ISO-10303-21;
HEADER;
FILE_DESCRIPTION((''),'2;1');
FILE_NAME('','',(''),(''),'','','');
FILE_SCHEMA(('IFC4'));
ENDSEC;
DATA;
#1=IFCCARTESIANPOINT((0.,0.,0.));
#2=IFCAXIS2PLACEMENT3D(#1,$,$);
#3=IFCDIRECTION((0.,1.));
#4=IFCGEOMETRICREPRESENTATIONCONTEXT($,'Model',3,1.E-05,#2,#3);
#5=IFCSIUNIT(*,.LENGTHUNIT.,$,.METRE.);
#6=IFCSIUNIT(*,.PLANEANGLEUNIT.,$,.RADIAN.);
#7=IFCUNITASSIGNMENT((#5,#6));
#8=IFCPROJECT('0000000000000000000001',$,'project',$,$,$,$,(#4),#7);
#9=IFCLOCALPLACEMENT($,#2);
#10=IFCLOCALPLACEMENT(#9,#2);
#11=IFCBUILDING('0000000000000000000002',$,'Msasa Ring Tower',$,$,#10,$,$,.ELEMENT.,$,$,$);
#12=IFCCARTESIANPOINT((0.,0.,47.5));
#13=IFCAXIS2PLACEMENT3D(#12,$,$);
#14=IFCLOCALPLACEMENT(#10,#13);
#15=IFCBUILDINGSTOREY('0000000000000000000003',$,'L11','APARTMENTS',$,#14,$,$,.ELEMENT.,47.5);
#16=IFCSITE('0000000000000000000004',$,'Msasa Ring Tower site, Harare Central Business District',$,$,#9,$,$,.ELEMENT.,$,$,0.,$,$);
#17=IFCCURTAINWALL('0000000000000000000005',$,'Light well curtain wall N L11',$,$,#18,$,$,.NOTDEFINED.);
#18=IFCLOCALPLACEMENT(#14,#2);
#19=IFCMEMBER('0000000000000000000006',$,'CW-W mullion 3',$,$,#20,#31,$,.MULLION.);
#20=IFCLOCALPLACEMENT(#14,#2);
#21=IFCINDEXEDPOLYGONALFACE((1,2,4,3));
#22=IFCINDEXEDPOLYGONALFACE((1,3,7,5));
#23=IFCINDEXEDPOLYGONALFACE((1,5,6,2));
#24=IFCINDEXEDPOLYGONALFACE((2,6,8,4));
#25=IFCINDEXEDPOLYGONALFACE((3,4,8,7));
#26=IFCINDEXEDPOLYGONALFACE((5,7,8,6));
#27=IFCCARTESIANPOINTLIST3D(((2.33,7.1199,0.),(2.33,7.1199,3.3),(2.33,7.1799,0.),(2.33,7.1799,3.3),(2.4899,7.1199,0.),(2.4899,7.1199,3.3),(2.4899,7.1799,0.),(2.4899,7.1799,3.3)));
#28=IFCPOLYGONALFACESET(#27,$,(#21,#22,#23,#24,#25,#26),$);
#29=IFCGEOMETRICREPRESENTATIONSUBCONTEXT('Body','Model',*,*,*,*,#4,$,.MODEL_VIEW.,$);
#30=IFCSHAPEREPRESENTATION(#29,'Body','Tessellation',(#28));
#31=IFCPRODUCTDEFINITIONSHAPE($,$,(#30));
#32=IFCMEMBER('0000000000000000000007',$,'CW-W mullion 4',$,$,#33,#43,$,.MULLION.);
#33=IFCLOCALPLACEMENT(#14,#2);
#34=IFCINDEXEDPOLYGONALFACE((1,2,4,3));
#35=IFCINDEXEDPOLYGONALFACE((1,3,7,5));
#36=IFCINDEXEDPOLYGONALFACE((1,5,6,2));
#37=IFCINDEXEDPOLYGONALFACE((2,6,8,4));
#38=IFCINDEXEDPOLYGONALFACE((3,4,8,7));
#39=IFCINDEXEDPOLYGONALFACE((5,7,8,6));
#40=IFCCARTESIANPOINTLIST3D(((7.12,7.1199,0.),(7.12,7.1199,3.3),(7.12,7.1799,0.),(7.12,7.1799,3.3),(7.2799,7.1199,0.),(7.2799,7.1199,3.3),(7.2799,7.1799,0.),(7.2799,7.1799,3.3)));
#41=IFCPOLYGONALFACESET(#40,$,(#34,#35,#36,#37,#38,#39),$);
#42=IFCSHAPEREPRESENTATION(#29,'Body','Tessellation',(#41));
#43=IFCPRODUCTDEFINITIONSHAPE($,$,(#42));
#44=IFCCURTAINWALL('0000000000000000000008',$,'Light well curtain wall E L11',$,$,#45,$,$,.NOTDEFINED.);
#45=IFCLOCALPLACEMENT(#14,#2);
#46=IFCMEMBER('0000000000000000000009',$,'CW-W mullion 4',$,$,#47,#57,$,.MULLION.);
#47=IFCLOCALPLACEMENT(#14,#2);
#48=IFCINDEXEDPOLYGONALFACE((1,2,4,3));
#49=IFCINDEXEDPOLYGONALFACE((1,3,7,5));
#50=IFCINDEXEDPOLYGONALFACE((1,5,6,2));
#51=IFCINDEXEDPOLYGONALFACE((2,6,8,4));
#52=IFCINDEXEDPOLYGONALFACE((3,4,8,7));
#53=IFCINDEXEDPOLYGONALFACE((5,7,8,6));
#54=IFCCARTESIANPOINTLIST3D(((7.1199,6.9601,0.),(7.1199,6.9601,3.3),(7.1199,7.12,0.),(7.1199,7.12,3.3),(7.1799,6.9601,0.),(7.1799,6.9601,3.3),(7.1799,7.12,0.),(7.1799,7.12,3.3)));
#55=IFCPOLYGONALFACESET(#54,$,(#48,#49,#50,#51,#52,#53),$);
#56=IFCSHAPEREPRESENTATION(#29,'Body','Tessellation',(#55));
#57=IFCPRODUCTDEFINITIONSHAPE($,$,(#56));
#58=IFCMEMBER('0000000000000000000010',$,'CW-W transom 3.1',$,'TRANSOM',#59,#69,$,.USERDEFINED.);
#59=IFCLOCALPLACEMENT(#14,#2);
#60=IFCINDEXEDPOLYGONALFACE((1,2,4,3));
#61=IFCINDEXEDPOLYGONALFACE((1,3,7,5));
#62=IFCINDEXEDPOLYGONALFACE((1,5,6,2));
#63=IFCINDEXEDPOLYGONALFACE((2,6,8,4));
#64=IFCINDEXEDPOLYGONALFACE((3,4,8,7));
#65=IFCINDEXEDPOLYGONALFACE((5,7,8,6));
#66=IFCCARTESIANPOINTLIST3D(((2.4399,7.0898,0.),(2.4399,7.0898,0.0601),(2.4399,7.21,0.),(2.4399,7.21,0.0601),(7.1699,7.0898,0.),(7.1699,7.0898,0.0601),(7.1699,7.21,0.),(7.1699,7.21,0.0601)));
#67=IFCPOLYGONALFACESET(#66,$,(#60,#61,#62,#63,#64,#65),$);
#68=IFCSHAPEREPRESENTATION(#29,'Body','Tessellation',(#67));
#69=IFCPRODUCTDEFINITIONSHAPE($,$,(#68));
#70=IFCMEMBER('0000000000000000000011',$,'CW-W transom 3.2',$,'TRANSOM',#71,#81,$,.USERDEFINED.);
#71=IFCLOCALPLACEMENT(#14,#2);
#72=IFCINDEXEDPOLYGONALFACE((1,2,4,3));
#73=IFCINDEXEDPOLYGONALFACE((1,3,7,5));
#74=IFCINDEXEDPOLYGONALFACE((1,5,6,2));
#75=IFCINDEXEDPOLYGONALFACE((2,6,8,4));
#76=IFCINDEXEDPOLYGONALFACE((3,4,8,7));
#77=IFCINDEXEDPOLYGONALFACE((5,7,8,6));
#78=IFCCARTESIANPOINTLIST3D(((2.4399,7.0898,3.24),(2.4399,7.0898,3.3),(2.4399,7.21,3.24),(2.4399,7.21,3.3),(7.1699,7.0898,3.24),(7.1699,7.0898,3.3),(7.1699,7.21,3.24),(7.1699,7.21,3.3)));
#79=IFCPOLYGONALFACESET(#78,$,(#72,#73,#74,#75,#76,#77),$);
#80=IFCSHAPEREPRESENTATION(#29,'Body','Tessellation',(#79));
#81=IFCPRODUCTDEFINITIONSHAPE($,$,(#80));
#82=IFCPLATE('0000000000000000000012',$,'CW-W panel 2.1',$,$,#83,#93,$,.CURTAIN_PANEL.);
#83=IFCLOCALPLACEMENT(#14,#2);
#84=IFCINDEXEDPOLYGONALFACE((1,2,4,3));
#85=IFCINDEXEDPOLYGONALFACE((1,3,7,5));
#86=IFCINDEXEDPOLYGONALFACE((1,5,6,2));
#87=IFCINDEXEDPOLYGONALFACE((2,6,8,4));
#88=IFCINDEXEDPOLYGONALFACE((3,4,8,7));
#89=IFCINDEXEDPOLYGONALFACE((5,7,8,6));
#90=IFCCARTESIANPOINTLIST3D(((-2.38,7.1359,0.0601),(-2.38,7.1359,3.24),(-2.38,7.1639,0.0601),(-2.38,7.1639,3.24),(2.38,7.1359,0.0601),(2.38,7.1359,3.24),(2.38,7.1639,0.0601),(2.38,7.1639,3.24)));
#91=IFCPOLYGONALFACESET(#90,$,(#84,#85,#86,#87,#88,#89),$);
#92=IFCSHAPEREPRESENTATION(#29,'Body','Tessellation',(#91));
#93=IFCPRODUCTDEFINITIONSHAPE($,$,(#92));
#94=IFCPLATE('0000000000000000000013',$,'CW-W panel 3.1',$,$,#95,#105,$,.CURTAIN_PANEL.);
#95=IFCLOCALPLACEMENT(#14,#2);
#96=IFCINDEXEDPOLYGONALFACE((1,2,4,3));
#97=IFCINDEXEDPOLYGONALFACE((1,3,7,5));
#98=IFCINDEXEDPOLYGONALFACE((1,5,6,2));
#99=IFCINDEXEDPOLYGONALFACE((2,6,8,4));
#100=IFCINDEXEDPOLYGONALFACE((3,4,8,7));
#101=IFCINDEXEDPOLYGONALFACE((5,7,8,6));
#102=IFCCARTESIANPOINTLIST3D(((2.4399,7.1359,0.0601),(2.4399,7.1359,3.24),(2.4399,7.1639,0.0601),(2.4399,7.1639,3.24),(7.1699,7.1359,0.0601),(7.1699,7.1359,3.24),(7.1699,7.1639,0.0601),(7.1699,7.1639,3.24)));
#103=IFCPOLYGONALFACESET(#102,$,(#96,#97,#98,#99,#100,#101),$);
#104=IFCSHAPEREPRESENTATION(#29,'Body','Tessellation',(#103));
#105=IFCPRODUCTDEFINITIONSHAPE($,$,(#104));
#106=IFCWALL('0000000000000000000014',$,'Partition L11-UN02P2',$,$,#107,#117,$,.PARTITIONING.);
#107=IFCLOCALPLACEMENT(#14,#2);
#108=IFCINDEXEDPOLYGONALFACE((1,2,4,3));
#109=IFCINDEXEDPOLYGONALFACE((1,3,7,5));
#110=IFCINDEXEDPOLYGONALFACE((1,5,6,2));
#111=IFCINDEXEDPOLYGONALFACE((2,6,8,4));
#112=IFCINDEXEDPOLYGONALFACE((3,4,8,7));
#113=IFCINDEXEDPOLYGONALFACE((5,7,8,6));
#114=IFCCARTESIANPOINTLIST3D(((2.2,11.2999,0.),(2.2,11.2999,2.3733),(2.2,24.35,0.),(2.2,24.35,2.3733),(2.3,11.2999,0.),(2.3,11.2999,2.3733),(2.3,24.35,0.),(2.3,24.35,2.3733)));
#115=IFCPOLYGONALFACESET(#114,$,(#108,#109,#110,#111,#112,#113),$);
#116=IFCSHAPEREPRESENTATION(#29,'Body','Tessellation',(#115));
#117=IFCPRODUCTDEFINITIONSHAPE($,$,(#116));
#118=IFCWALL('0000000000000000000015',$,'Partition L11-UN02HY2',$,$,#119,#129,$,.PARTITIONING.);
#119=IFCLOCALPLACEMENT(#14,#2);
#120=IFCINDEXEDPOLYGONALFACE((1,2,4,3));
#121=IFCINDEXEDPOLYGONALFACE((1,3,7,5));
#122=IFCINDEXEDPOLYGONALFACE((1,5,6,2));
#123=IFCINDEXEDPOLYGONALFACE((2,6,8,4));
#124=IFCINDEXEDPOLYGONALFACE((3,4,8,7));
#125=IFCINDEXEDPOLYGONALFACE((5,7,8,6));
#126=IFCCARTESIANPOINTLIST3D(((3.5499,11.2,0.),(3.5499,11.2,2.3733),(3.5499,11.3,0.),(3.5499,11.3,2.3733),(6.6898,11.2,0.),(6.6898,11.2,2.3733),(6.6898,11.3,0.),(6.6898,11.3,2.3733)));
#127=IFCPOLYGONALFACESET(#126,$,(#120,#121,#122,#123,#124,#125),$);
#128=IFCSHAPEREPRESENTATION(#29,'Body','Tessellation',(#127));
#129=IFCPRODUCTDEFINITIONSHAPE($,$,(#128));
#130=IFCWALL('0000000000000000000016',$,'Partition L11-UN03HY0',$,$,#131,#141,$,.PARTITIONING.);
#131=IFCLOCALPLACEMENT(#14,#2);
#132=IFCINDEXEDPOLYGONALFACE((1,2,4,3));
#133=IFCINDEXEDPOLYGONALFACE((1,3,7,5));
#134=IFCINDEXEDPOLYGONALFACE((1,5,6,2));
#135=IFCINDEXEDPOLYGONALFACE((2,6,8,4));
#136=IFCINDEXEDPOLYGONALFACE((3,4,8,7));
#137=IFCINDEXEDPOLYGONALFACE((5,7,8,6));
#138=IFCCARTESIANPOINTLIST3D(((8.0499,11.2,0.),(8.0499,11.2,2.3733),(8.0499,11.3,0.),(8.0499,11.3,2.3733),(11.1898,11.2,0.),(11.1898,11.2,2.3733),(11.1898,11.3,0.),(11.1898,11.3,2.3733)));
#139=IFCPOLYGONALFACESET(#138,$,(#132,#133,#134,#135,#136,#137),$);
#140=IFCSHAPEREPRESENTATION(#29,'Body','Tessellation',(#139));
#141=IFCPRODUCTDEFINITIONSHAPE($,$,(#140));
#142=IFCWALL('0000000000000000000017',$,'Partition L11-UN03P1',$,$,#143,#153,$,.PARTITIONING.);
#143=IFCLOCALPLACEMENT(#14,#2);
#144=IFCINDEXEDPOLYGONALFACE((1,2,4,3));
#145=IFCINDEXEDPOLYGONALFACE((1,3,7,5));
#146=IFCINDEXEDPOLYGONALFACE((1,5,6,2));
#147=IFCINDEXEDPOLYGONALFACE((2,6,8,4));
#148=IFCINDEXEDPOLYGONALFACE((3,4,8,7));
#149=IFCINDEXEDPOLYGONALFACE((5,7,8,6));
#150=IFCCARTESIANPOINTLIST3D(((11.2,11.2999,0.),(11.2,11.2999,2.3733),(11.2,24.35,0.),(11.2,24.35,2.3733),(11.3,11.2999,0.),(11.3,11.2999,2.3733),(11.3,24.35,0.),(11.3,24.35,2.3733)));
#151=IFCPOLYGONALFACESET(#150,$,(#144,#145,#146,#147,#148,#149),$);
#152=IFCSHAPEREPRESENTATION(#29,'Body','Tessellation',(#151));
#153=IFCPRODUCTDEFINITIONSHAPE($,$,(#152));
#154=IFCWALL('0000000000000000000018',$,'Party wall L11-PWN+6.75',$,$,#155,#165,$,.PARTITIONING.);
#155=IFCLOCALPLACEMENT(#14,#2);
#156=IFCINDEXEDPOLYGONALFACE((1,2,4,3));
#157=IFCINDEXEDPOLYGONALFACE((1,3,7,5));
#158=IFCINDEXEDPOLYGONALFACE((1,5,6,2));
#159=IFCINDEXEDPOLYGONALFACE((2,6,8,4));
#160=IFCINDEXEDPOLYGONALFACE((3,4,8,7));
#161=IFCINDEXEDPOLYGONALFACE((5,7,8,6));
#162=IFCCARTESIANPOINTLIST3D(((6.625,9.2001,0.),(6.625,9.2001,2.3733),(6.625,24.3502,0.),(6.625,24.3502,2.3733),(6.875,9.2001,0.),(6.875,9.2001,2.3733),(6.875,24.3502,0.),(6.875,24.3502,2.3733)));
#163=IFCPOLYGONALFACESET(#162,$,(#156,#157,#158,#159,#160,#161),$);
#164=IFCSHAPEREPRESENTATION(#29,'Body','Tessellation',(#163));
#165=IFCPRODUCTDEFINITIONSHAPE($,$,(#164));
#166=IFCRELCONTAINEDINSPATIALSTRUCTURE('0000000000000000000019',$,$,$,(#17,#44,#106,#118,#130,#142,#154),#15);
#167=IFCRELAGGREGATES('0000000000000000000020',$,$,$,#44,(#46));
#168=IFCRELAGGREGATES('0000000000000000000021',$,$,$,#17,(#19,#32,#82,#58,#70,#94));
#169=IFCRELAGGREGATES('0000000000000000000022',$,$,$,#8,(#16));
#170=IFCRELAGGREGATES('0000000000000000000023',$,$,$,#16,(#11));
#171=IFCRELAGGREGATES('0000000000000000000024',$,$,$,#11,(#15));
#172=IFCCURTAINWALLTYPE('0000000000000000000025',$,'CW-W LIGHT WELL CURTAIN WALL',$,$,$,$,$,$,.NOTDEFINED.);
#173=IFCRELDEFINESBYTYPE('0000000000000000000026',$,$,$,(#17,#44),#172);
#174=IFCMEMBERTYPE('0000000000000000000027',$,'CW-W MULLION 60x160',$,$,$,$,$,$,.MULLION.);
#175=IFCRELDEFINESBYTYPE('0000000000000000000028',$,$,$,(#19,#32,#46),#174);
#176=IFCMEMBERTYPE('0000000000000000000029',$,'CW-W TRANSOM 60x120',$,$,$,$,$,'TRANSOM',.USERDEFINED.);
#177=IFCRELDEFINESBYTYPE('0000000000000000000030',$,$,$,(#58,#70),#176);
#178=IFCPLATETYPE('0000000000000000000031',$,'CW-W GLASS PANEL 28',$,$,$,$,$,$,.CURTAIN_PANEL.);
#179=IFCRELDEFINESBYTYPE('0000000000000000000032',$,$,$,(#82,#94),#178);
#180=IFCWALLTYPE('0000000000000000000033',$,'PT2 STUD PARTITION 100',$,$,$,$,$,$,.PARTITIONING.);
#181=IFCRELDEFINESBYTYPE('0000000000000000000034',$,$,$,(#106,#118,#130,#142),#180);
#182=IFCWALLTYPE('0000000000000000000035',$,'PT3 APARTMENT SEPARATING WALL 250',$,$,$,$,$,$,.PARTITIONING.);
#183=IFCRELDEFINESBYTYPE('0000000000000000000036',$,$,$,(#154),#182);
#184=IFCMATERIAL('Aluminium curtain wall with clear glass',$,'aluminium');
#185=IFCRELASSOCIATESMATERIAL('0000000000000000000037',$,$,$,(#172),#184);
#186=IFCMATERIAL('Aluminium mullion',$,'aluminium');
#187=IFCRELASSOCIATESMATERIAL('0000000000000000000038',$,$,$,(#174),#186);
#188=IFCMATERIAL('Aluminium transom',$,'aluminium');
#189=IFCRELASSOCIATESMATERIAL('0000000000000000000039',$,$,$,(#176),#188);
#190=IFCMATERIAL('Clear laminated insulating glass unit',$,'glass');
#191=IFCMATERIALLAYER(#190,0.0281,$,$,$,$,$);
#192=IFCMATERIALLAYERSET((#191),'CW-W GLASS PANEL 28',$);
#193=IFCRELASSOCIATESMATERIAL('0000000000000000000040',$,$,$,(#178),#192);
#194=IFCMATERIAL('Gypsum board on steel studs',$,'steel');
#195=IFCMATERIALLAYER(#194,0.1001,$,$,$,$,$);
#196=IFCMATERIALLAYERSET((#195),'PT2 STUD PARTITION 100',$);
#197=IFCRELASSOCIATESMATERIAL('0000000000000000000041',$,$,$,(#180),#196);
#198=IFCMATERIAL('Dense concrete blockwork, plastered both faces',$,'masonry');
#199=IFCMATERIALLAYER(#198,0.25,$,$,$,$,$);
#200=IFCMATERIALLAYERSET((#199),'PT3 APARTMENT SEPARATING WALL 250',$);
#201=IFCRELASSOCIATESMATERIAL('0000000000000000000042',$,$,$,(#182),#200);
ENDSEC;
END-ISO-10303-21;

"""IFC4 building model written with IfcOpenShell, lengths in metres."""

from ifc_helpers import new_model, si_unit, direction, frame, frame_2d, origin, origin_2d, place, context, subcontext, project, spatial, rectangle, extrude, material, layer, layer_set, material_profile, profile_set, type_object, element, aggregate, save


model = new_model("IFC4")

# Units and contexts
model_context = context("Model", 3, precision=1e-05, world=origin(), true_north=direction((0.0, 1.0)))
body_context = subcontext(model_context, "Body", "Model", "MODEL_VIEW")
ifc_project = project(units=[si_unit("LENGTHUNIT", "METRE"), si_unit("PLANEANGLEUNIT", "RADIAN")], contexts=[model_context])

# Site, building, storey
site_placement = place(None, origin())
site = spatial("IfcSite", under=ifc_project, at=site_placement, Name="Msasa Ring Tower site, Harare Central Business District", CompositionType="ELEMENT", RefElevation=0.0)
building_placement = place(site_placement, origin())
building = spatial("IfcBuilding", under=site, at=building_placement, Name="Msasa Ring Tower", CompositionType="ELEMENT")
storey_placement = place(building_placement, frame((0.0, 0.0, 47.5)))
storey = spatial("IfcBuildingStorey", under=building, at=storey_placement, Name="L11", Description="APARTMENTS", CompositionType="ELEMENT", Elevation=47.5)

# Curtain wall, members
ifc_material_1 = material(Name="Aluminium curtain wall with clear glass", Category="aluminium")
curtain_wall_type = type_object("IfcCurtainWallType", Name="CW-W LIGHT WELL CURTAIN WALL", PredefinedType="NOTDEFINED", material=ifc_material_1)
curtain_wall_1_placement = place(storey_placement, origin())
curtain_wall_1 = element("IfcCurtainWall", 1, at=curtain_wall_1_placement, inside=storey, type_object=curtain_wall_type, Name="Light well curtain wall N L11", PredefinedType="NOTDEFINED")
ifc_material_2 = material(Name="Aluminium mullion", Category="aluminium")
ifc_material_profile_1 = material_profile(ifc_material_2, rectangle(XDim=0.0601, YDim=0.1599, at=origin_2d()), Name="AL 60x160")
ifc_profile_set_1 = profile_set([ifc_material_profile_1], Name="Aluminium mullion")
member_type_1 = type_object("IfcMemberType", Name="CW-W MULLION 60x160", PredefinedType="MULLION", material=ifc_profile_set_1)
member_1_placement = place(storey_placement, frame((2.4099, 7.1499, 0.0), z_axis=(0.0, 0.0, 1.0), x_axis=(0.0, 1.0, 0.0)))
member_1 = element("IfcMember", 2, at=member_1_placement, type_object=member_type_1, Name="CW-W mullion 3", PredefinedType="MULLION", context=body_context, shape_type="SweptSolid", body=[
    extrude(rectangle(XDim=0.0601, YDim=0.1599, at=origin_2d()), origin(), (0.0, 0.0, 1.0), 3.3),
])
member_2_placement = place(storey_placement, frame((7.2, 7.1499, 0.0), z_axis=(0.0, 0.0, 1.0), x_axis=(0.0, 1.0, 0.0)))
member_2 = element("IfcMember", 3, at=member_2_placement, type_object=member_type_1, Name="CW-W mullion 4", PredefinedType="MULLION", context=body_context, shape_type="SweptSolid", body=[
    extrude(rectangle(XDim=0.0601, YDim=0.1599, at=origin_2d()), origin(), (0.0, 0.0, 1.0), 3.3),
])

# Curtain wall, member
curtain_wall_2_placement = place(storey_placement, origin())
curtain_wall_2 = element("IfcCurtainWall", 4, at=curtain_wall_2_placement, inside=storey, type_object=curtain_wall_type, Name="Light well curtain wall E L11", PredefinedType="NOTDEFINED")
member_3_placement = place(storey_placement, frame((7.1499, 7.04, 0.0), z_axis=(0.0, 0.0, 1.0), x_axis=(-1.0, 0.0, 0.0)))
member_3 = element("IfcMember", 5, at=member_3_placement, type_object=member_type_1, Name="CW-W mullion 4", PredefinedType="MULLION", context=body_context, shape_type="SweptSolid", body=[
    extrude(rectangle(XDim=0.0601, YDim=0.1599, at=origin_2d()), origin(), (0.0, 0.0, 1.0), 3.3),
])
aggregate(curtain_wall_2, [member_3])

# Members
ifc_material_3 = material(Name="Aluminium transom", Category="aluminium")
ifc_material_profile_2 = material_profile(ifc_material_3, rectangle(XDim=0.1201, YDim=0.0601, at=origin_2d()), Name="AL 60x120")
ifc_profile_set_2 = profile_set([ifc_material_profile_2], Name="Aluminium transom")
member_type_2 = type_object("IfcMemberType", Name="CW-W TRANSOM 60x120", ElementType="TRANSOM", PredefinedType="USERDEFINED", material=ifc_profile_set_2)
member_4_placement = place(storey_placement, frame((2.4399, 7.1499, 0.03), z_axis=(1.0, 0.0, 0.0), x_axis=(0.0, 1.0, 0.0)))
member_4 = element("IfcMember", 6, at=member_4_placement, type_object=member_type_2, Name="CW-W transom 3.1", ObjectType="TRANSOM", PredefinedType="USERDEFINED", context=body_context, shape_type="SweptSolid", body=[
    extrude(rectangle(XDim=0.1201, YDim=0.0601, at=origin_2d()), origin(), (0.0, 0.0, 1.0), 4.73),
])
member_5_placement = place(storey_placement, frame((2.4399, 7.1499, 3.27), z_axis=(1.0, 0.0, 0.0), x_axis=(0.0, 1.0, 0.0)))
member_5 = element("IfcMember", 7, at=member_5_placement, type_object=member_type_2, Name="CW-W transom 3.2", ObjectType="TRANSOM", PredefinedType="USERDEFINED", context=body_context, shape_type="SweptSolid", body=[
    extrude(rectangle(XDim=0.1201, YDim=0.0601, at=origin_2d()), origin(), (0.0, 0.0, 1.0), 4.73),
])

# Plates
ifc_material_4 = material(Name="Clear laminated insulating glass unit", Category="glass")
ifc_layer_1 = layer(ifc_material_4, 0.0281)
ifc_layer_set_1 = layer_set([ifc_layer_1], Name="CW-W GLASS PANEL 28")
plate_type = type_object("IfcPlateType", Name="CW-W GLASS PANEL 28", PredefinedType="CURTAIN_PANEL", material=ifc_layer_set_1)
plate_1_placement = place(storey_placement, frame((0.0, 7.1499, 0.0601), z_axis=(0.0, 0.0, 1.0), x_axis=(1.0, 0.0, 0.0)))
plate_1 = element("IfcPlate", 8, at=plate_1_placement, type_object=plate_type, Name="CW-W panel 2.1", PredefinedType="CURTAIN_PANEL", context=body_context, shape_type="SweptSolid", body=[
    extrude(rectangle(XDim=4.76, YDim=0.0281, at=origin_2d()), origin(), (0.0, 0.0, 1.0), 3.1799),
])
plate_2_placement = place(storey_placement, frame((4.8049, 7.1499, 0.0601), z_axis=(0.0, 0.0, 1.0), x_axis=(1.0, 0.0, 0.0)))
plate_2 = element("IfcPlate", 9, at=plate_2_placement, type_object=plate_type, Name="CW-W panel 3.1", PredefinedType="CURTAIN_PANEL", context=body_context, shape_type="SweptSolid", body=[
    extrude(rectangle(XDim=4.73, YDim=0.0281, at=origin_2d()), origin(), (0.0, 0.0, 1.0), 3.1799),
])
aggregate(curtain_wall_1, [member_1, member_2, plate_1, member_4, member_5, plate_2])

# Walls
ifc_material_5 = material(Name="Gypsum board on steel studs", Category="steel")
ifc_layer_2 = layer(ifc_material_5, 0.1001)
ifc_layer_set_2 = layer_set([ifc_layer_2], Name="PT2 STUD PARTITION 100")
wall_type_1 = type_object("IfcWallType", Name="PT2 STUD PARTITION 100", PredefinedType="PARTITIONING", material=ifc_layer_set_2)
wall_1_placement = place(storey_placement, frame((2.25, 11.3, 0.0), z_axis=(0.0, 0.0, 1.0), x_axis=(0.0, 1.0, 0.0)))
element("IfcWall", 10, at=wall_1_placement, inside=storey, type_object=wall_type_1, Name="Partition L11-UN02P2", PredefinedType="PARTITIONING", context=body_context, shape_type="SweptSolid", body=[
    extrude(rectangle(XDim=13.05, YDim=0.1001, at=frame_2d((6.5249, 0.0))), origin(), (0.0, 0.0, 1.0), 2.3733),
])
for number, where, z_axis, x_axis, name in (
    (11, (3.55, 11.25, 0.0), (0.0, 0.0, 1.0), (1.0, 0.0, 0.0), "Partition L11-UN02HY2"),
    (12, (8.05, 11.25, 0.0), (0.0, 0.0, 1.0), (1.0, 0.0, 0.0), "Partition L11-UN03HY0"),
):
    element("IfcWall", number, at=place(storey_placement, frame(where, z_axis=z_axis, x_axis=x_axis)), inside=storey, type_object=wall_type_1, Name=name, PredefinedType="PARTITIONING", context=body_context, shape_type="SweptSolid", body=[
        extrude(rectangle(XDim=3.1399, YDim=0.1001, at=frame_2d((1.5698, 0.0))), origin(), (0.0, 0.0, 1.0), 2.3733),
    ])
wall_2_placement = place(storey_placement, frame((11.25, 11.3, 0.0), z_axis=(0.0, 0.0, 1.0), x_axis=(0.0, 1.0, 0.0)))
element("IfcWall", 13, at=wall_2_placement, inside=storey, type_object=wall_type_1, Name="Partition L11-UN03P1", PredefinedType="PARTITIONING", context=body_context, shape_type="SweptSolid", body=[
    extrude(rectangle(XDim=13.05, YDim=0.1001, at=frame_2d((6.5249, 0.0))), origin(), (0.0, 0.0, 1.0), 2.3733),
])
ifc_material_6 = material(Name="Dense concrete blockwork, plastered both faces", Category="masonry")
ifc_layer_3 = layer(ifc_material_6, 0.25)
ifc_layer_set_3 = layer_set([ifc_layer_3], Name="PT3 APARTMENT SEPARATING WALL 250")
wall_type_2 = type_object("IfcWallType", Name="PT3 APARTMENT SEPARATING WALL 250", PredefinedType="PARTITIONING", material=ifc_layer_set_3)
wall_3_placement = place(storey_placement, frame((6.75, 9.2, 0.0), z_axis=(0.0, 0.0, 1.0), x_axis=(0.0, 1.0, 0.0)))
element("IfcWall", 14, at=wall_3_placement, inside=storey, type_object=wall_type_2, Name="Party wall L11-PWN+6.75", PredefinedType="PARTITIONING", context=body_context, shape_type="SweptSolid", body=[
    extrude(rectangle(XDim=15.1501, YDim=0.25, at=frame_2d((7.5752, 0.0))), origin(), (0.0, 0.0, 1.0), 2.3733),
])

save(model, "model.ifc")
